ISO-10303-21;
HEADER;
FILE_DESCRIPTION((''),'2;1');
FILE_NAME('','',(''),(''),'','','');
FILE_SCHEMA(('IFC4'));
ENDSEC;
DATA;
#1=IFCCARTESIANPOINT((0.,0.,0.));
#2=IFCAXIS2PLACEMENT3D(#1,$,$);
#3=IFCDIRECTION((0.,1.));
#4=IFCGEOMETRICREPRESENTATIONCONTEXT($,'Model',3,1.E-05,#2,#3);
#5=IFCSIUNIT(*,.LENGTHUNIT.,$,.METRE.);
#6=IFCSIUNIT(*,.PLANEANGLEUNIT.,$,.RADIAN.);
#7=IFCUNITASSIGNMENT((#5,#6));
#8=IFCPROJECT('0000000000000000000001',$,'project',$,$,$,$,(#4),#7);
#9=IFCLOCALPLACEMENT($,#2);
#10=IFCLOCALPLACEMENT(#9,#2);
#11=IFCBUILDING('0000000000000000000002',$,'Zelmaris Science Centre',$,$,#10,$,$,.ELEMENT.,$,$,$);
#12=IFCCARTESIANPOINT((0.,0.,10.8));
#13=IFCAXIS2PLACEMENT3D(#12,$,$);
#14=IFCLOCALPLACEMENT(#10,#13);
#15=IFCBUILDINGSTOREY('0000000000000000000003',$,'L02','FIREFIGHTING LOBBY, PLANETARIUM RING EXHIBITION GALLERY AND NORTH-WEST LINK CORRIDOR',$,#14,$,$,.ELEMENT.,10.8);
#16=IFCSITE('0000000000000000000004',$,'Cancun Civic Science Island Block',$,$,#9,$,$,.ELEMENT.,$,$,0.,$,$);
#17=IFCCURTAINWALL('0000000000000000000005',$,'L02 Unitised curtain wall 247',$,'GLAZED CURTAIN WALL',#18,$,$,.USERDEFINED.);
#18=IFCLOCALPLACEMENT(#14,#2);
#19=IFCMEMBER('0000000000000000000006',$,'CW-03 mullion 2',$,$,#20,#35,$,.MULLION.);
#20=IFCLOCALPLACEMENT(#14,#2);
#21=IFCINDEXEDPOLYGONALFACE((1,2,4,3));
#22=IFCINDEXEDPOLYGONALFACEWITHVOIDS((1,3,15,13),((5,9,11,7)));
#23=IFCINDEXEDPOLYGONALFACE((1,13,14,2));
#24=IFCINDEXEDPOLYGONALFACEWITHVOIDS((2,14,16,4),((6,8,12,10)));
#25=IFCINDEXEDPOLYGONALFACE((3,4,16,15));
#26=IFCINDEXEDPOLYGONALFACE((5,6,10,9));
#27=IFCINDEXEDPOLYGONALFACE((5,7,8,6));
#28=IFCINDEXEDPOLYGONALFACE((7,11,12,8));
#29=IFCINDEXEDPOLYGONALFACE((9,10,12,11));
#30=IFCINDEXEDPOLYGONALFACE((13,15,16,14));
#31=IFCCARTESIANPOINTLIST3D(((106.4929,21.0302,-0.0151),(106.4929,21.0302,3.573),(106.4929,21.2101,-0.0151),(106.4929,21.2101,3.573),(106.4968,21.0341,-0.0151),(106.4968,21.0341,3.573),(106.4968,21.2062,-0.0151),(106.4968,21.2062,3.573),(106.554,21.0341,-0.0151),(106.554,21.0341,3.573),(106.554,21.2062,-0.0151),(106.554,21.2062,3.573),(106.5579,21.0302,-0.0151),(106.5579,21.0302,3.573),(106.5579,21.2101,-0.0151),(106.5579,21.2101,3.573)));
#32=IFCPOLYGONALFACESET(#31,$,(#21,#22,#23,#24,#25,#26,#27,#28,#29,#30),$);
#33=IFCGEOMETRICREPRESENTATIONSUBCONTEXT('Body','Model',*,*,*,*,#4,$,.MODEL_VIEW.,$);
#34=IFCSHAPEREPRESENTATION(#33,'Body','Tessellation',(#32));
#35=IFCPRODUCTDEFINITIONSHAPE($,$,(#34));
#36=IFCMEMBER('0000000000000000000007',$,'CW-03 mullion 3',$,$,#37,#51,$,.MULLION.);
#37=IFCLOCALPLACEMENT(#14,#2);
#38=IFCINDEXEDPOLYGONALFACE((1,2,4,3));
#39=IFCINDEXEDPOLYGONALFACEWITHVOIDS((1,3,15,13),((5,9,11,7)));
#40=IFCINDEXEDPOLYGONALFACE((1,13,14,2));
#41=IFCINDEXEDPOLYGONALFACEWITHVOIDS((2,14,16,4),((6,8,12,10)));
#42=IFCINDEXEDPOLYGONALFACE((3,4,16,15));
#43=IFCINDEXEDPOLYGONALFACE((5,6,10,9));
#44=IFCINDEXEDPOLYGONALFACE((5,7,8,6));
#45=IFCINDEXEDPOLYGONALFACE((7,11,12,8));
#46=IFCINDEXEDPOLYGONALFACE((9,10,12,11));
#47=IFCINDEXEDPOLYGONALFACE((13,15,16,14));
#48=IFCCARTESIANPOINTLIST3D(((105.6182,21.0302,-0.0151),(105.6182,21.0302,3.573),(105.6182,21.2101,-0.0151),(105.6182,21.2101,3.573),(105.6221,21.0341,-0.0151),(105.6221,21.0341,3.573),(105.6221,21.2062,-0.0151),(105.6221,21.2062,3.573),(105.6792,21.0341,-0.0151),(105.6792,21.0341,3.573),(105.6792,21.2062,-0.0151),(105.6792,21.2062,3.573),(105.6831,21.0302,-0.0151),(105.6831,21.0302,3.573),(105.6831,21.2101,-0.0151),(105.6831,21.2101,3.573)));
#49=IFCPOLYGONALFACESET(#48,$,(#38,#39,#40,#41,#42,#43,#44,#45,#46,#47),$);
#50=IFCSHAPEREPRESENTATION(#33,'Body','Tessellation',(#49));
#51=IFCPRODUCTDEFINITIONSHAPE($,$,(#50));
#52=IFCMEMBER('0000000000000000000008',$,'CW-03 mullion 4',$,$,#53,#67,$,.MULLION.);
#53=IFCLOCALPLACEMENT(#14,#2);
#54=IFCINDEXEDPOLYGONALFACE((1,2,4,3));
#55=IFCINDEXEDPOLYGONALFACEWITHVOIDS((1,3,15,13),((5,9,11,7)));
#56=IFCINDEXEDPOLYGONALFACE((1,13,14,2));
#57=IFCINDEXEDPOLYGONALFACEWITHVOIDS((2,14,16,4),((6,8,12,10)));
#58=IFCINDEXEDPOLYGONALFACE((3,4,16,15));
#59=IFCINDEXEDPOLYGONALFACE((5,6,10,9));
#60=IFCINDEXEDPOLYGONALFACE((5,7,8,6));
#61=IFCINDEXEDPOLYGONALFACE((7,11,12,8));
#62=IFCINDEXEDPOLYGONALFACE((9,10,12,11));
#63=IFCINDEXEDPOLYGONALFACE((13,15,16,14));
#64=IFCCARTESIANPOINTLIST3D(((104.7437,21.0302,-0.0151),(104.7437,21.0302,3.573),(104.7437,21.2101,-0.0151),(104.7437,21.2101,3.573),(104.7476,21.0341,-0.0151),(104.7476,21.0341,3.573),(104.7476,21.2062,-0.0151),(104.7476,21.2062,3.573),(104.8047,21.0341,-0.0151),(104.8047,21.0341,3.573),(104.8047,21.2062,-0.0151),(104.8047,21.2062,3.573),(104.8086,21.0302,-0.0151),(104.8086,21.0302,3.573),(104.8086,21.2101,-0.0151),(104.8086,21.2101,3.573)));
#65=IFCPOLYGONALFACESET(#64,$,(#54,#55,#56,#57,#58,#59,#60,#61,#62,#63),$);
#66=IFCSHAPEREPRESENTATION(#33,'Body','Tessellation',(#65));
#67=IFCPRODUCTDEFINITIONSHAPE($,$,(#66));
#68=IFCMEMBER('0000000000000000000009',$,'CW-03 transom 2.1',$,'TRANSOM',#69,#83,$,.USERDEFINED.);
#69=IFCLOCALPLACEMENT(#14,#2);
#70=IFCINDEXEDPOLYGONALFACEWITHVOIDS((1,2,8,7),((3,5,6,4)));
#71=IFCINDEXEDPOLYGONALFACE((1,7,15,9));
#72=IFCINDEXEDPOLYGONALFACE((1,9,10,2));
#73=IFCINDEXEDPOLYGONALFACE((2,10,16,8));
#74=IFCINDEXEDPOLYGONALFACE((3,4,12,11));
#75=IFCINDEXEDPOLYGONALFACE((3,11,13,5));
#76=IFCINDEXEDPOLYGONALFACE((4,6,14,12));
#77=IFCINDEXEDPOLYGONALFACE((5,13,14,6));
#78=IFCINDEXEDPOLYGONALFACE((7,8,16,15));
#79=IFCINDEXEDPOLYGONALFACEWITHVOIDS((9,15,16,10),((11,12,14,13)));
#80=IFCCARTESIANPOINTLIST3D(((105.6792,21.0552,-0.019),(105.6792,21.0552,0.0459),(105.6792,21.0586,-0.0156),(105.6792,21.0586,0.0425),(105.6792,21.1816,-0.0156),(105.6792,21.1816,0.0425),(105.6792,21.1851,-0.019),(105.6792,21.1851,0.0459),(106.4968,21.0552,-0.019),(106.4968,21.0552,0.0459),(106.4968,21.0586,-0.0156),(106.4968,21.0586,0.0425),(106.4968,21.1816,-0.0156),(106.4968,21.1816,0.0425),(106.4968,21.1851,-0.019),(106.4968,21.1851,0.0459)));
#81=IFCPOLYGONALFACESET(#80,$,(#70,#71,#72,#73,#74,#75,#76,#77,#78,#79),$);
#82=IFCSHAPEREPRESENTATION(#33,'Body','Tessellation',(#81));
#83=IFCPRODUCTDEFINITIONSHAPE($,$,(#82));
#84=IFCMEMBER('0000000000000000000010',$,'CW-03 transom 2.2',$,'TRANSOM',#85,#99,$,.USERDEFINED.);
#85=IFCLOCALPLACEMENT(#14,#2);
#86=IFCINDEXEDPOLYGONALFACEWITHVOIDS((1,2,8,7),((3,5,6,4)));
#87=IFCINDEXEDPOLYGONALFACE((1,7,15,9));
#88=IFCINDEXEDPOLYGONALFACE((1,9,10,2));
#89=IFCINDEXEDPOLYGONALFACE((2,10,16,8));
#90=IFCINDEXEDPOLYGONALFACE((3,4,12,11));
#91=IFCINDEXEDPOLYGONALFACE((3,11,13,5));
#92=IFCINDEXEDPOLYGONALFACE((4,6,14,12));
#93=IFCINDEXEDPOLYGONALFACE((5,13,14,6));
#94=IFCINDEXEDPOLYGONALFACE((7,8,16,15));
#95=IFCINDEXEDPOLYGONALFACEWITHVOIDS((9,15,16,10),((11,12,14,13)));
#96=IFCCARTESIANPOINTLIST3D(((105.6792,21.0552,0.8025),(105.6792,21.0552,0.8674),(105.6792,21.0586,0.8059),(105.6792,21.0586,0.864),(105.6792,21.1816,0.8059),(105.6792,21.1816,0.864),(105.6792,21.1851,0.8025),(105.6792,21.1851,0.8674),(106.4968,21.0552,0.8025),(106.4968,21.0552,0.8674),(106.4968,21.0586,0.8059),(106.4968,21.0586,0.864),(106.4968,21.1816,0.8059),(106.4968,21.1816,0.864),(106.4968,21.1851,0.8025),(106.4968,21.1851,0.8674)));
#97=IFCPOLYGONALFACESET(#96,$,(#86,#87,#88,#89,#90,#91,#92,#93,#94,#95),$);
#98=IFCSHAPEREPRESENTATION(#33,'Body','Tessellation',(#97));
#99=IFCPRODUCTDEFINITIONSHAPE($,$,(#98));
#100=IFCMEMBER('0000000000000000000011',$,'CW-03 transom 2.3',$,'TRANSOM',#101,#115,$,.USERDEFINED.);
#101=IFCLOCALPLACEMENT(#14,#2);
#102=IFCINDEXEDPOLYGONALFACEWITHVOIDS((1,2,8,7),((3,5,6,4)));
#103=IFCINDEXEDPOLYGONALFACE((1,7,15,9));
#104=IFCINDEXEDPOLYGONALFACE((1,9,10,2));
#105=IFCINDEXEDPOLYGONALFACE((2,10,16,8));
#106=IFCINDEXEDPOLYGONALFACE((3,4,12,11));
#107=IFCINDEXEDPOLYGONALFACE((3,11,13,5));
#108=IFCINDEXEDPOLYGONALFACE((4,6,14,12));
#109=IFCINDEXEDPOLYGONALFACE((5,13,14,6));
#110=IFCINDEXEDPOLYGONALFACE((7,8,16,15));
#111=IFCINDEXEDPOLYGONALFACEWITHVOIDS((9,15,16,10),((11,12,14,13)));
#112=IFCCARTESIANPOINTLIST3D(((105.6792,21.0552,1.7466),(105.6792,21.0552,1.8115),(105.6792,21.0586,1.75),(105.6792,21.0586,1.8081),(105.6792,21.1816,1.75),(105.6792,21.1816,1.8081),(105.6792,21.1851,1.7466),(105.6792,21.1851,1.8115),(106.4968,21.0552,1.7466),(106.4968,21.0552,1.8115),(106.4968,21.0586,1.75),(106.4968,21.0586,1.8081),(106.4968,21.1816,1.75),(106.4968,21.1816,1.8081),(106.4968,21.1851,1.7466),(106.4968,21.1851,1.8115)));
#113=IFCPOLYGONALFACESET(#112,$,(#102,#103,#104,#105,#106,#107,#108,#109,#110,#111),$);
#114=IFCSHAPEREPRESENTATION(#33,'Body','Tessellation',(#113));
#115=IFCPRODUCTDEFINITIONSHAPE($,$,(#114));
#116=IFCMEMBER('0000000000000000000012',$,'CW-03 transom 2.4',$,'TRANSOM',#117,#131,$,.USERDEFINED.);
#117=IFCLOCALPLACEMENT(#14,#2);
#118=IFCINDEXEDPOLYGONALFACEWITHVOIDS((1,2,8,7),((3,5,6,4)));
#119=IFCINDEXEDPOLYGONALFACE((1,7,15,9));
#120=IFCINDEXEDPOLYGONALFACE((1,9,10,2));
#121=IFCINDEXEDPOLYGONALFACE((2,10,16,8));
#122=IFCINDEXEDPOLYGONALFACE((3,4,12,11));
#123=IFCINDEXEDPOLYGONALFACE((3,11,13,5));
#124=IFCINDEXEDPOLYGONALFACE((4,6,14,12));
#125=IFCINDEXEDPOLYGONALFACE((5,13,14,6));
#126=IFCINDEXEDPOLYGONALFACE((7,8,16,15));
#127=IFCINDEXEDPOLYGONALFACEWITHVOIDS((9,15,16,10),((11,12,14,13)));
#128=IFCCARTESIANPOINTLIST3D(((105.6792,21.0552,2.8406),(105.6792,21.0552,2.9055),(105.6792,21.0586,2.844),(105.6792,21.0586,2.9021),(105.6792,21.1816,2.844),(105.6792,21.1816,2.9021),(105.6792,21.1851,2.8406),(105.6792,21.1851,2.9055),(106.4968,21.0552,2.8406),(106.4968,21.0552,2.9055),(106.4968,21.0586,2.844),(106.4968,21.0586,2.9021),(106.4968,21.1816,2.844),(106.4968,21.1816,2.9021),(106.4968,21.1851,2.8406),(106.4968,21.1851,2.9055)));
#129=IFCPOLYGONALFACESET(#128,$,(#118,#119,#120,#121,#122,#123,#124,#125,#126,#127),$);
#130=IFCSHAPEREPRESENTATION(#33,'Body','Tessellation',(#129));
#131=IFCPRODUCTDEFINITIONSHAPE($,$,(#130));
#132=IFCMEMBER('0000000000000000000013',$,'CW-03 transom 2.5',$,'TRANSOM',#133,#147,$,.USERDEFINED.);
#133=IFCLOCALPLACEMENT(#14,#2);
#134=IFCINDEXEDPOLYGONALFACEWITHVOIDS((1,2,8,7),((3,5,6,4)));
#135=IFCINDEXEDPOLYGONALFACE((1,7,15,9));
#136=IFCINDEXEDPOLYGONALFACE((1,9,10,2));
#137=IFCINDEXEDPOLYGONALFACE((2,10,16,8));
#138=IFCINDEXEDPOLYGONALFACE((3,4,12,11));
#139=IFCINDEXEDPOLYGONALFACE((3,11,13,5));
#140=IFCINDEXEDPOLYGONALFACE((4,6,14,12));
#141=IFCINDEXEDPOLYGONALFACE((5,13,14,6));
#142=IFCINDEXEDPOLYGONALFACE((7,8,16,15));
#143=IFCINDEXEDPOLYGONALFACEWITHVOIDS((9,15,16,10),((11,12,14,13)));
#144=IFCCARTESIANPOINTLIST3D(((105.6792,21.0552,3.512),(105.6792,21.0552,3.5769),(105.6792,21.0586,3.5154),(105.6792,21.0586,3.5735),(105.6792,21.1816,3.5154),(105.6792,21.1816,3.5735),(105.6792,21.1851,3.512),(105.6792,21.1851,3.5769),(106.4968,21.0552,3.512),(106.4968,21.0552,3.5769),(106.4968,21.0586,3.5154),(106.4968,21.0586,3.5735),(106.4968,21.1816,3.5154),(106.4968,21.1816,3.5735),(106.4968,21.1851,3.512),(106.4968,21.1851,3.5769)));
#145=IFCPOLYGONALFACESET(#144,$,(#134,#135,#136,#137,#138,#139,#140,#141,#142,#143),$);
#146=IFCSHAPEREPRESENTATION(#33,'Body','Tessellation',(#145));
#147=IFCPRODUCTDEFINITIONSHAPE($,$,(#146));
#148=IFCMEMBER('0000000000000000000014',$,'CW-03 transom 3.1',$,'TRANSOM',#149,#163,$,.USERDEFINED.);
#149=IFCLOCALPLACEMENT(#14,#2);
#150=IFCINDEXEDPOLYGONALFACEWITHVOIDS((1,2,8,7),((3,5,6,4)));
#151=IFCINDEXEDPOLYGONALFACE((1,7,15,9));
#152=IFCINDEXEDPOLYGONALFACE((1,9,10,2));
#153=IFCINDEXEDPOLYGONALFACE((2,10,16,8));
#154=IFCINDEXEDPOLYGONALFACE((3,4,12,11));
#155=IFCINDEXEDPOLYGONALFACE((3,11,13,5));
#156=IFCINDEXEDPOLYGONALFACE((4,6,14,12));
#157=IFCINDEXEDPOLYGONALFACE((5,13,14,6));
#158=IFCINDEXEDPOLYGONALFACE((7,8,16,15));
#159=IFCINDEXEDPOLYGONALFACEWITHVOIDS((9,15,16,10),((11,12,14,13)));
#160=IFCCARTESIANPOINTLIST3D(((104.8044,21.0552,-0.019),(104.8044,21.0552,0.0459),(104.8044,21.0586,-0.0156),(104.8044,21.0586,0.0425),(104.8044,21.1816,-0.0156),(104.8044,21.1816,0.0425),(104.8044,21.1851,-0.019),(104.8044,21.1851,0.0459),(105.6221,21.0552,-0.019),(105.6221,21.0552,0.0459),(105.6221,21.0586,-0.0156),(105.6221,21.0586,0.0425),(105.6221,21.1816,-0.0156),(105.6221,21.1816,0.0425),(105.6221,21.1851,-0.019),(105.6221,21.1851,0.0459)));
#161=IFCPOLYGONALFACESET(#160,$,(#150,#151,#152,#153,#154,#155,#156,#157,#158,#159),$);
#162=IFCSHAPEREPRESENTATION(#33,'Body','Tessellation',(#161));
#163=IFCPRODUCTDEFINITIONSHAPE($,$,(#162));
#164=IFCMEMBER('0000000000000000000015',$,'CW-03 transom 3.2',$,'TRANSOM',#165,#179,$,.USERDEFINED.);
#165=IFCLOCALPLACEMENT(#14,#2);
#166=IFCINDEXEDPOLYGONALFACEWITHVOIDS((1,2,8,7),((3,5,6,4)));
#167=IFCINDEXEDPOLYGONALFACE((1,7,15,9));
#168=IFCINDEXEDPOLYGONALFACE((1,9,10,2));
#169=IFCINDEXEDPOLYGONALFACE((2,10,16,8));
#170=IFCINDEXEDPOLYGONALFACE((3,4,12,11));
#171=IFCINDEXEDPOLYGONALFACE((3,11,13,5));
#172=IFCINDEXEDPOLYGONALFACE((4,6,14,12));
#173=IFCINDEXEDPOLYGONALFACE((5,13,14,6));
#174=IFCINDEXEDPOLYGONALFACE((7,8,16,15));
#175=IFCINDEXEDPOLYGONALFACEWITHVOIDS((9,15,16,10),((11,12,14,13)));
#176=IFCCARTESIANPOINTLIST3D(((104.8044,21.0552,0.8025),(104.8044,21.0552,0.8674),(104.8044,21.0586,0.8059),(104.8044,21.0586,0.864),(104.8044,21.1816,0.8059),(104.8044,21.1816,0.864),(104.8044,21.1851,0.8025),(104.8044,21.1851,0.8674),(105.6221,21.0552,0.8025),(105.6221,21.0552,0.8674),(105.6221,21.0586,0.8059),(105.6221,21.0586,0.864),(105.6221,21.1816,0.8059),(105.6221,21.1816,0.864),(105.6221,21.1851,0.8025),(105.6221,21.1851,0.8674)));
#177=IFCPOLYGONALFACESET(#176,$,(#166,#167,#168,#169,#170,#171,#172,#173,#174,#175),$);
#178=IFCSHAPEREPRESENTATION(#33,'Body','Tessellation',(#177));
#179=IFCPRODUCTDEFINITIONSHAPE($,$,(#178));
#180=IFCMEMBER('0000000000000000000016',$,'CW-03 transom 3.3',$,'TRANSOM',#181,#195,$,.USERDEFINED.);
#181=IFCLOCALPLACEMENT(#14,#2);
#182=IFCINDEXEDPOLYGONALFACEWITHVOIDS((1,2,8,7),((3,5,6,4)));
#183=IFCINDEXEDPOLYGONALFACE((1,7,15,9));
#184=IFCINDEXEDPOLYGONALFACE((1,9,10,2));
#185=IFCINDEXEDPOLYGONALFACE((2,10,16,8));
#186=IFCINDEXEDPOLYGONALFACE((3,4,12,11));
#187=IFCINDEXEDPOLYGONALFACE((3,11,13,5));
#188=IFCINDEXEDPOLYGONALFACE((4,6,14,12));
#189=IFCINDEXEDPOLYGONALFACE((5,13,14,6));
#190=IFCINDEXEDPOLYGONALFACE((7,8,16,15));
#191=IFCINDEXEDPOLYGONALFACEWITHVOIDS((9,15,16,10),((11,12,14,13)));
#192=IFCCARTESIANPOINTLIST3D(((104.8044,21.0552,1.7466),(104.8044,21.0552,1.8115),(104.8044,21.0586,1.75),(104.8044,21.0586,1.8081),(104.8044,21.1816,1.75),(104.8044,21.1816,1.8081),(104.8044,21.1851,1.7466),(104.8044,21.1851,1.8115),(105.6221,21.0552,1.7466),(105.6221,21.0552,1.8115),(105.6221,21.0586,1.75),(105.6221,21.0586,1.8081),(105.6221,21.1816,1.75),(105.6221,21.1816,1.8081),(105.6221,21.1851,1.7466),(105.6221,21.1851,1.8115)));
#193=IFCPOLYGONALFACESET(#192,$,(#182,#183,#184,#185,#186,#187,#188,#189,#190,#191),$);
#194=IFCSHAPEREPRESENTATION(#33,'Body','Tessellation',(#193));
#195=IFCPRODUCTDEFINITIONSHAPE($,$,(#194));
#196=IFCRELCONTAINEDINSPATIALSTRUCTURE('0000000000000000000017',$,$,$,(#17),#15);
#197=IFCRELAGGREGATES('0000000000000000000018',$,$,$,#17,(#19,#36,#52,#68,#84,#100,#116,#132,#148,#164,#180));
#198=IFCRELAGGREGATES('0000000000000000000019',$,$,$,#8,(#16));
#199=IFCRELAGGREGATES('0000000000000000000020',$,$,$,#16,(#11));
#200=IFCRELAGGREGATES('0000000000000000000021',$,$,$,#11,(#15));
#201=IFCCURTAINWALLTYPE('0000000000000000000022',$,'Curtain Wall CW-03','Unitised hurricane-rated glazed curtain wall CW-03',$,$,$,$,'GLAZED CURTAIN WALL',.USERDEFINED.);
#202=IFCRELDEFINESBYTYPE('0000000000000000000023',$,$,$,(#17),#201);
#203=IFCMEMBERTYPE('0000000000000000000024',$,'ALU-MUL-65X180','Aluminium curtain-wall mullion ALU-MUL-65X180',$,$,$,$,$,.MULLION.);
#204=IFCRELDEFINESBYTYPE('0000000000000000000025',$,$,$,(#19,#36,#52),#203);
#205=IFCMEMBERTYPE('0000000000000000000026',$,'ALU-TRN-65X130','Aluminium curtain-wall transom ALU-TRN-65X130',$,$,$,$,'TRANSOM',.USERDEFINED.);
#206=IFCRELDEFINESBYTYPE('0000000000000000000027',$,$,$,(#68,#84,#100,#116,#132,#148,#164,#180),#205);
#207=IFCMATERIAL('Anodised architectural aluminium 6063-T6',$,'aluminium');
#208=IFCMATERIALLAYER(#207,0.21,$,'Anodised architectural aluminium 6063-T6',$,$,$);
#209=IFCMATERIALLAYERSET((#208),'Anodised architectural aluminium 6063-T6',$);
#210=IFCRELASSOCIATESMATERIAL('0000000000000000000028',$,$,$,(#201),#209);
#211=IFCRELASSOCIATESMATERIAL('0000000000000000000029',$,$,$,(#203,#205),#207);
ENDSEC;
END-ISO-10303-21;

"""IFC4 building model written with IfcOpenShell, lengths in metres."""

from ifc_helpers import new_model, si_unit, direction, frame, origin, origin_2d, place, context, subcontext, project, spatial, hollow_rectangle, extrude, material, layer, layer_set, material_profile, profile_set, type_object, element, aggregate, save


model = new_model("IFC4")

# Units and contexts
model_context = context("Model", 3, precision=1e-05, world=origin(), true_north=direction((0.0, 1.0)))
body_context = subcontext(model_context, "Body", "Model", "MODEL_VIEW")
ifc_project = project(units=[si_unit("LENGTHUNIT", "METRE"), si_unit("PLANEANGLEUNIT", "RADIAN")], contexts=[model_context])

# Site, building, storey
site_placement = place(None, origin())
site = spatial("IfcSite", under=ifc_project, at=site_placement, Name="Cancun Civic Science Island Block", CompositionType="ELEMENT", RefElevation=0.0)
building_placement = place(site_placement, origin())
building = spatial("IfcBuilding", under=site, at=building_placement, Name="Zelmaris Science Centre", CompositionType="ELEMENT")
storey_placement = place(building_placement, frame((0.0, 0.0, 10.8)))
storey = spatial("IfcBuildingStorey", under=building, at=storey_placement, Name="L02", Description="FIREFIGHTING LOBBY, PLANETARIUM RING EXHIBITION GALLERY AND NORTH-WEST LINK CORRIDOR", CompositionType="ELEMENT", Elevation=10.8)

# Curtain wall, members
ifc_material_1 = material(Name="Anodised architectural aluminium 6063-T6", Category="aluminium")
ifc_layer_1 = layer(ifc_material_1, 0.21, Name="Anodised architectural aluminium 6063-T6")
ifc_layer_set_1 = layer_set([ifc_layer_1], Name="Anodised architectural aluminium 6063-T6")
curtain_wall_type = type_object("IfcCurtainWallType", Name="Curtain Wall CW-03", Description="Unitised hurricane-rated glazed curtain wall CW-03", ElementType="GLAZED CURTAIN WALL", PredefinedType="USERDEFINED", material=ifc_layer_set_1)
curtain_wall_placement = place(storey_placement, origin())
curtain_wall = element("IfcCurtainWall", 1, at=curtain_wall_placement, inside=storey, type_object=curtain_wall_type, Name="L02 Unitised curtain wall 247", ObjectType="GLAZED CURTAIN WALL", PredefinedType="USERDEFINED")
ifc_material_profile_1 = material_profile(ifc_material_1, hollow_rectangle(XDim=0.0649, YDim=0.1799, WallThickness=0.0039, at=origin_2d()), Name="ALU-MUL-65X180")
ifc_profile_set_1 = profile_set([ifc_material_profile_1], Name="Anodised architectural aluminium 6063-T6")
member_type_1 = type_object("IfcMemberType", Name="ALU-MUL-65X180", Description="Aluminium curtain-wall mullion ALU-MUL-65X180", PredefinedType="MULLION", material=ifc_profile_set_1)
member_1_placement = place(storey_placement, frame((106.5254, 21.1201, -0.0151), z_axis=(0.0, 0.0, 1.0), x_axis=(-1.0, 0.000005, 0.0)))
member_1 = element("IfcMember", 2, at=member_1_placement, type_object=member_type_1, Name="CW-03 mullion 2", PredefinedType="MULLION", context=body_context, shape_type="SweptSolid", body=[
    extrude(hollow_rectangle(XDim=0.0649, YDim=0.1799, WallThickness=0.0039, at=origin_2d()), origin(), (0.0, 0.0, 1.0), 3.5881),
])
member_2_placement = place(storey_placement, frame((105.6506, 21.1201, -0.0151), z_axis=(0.0, 0.0, 1.0), x_axis=(-1.0, 0.000005, 0.0)))
member_2 = element("IfcMember", 3, at=member_2_placement, type_object=member_type_1, Name="CW-03 mullion 3", PredefinedType="MULLION", context=body_context, shape_type="SweptSolid", body=[
    extrude(hollow_rectangle(XDim=0.0649, YDim=0.1799, WallThickness=0.0039, at=origin_2d()), origin(), (0.0, 0.0, 1.0), 3.5881),
])
member_3_placement = place(storey_placement, frame((104.7761, 21.1201, -0.0151), z_axis=(0.0, 0.0, 1.0), x_axis=(-1.0, 0.000005, 0.0)))
member_3 = element("IfcMember", 4, at=member_3_placement, type_object=member_type_1, Name="CW-03 mullion 4", PredefinedType="MULLION", context=body_context, shape_type="SweptSolid", body=[
    extrude(hollow_rectangle(XDim=0.0649, YDim=0.1799, WallThickness=0.0039, at=origin_2d()), origin(), (0.0, 0.0, 1.0), 3.5881),
])
ifc_material_profile_2 = material_profile(ifc_material_1, hollow_rectangle(XDim=0.0649, YDim=0.1299, WallThickness=0.0034, at=origin_2d()), Name="ALU-TRN-65X130")
ifc_profile_set_2 = profile_set([ifc_material_profile_2], Name="Anodised architectural aluminium 6063-T6")
member_type_2 = type_object("IfcMemberType", Name="ALU-TRN-65X130", Description="Aluminium curtain-wall transom ALU-TRN-65X130", ElementType="TRANSOM", PredefinedType="USERDEFINED", material=ifc_profile_set_2)
member_4_placement = place(storey_placement, frame((106.4968, 21.1201, 0.0134), z_axis=(-1.0, 0.0, 0.0), x_axis=(0.0, 0.0, 1.0)))
member_4 = element("IfcMember", 5, at=member_4_placement, type_object=member_type_2, Name="CW-03 transom 2.1", ObjectType="TRANSOM", PredefinedType="USERDEFINED", context=body_context, shape_type="SweptSolid", body=[
    extrude(hollow_rectangle(XDim=0.0649, YDim=0.1299, WallThickness=0.0034, at=origin_2d()), origin(), (0.0, 0.0, 1.0), 0.8176),
])
member_5_placement = place(storey_placement, frame((106.4968, 21.1201, 0.835), z_axis=(-1.0, 0.0, 0.0), x_axis=(0.0, 0.0, 1.0)))
member_5 = element("IfcMember", 6, at=member_5_placement, type_object=member_type_2, Name="CW-03 transom 2.2", ObjectType="TRANSOM", PredefinedType="USERDEFINED", context=body_context, shape_type="SweptSolid", body=[
    extrude(hollow_rectangle(XDim=0.0649, YDim=0.1299, WallThickness=0.0034, at=origin_2d()), origin(), (0.0, 0.0, 1.0), 0.8176),
])
member_6_placement = place(storey_placement, frame((106.4968, 21.1201, 1.7791), z_axis=(-1.0, 0.0, 0.0), x_axis=(0.0, 0.0, 1.0)))
member_6 = element("IfcMember", 7, at=member_6_placement, type_object=member_type_2, Name="CW-03 transom 2.3", ObjectType="TRANSOM", PredefinedType="USERDEFINED", context=body_context, shape_type="SweptSolid", body=[
    extrude(hollow_rectangle(XDim=0.0649, YDim=0.1299, WallThickness=0.0034, at=origin_2d()), origin(), (0.0, 0.0, 1.0), 0.8176),
])
member_7_placement = place(storey_placement, frame((106.4968, 21.1201, 2.873), z_axis=(-1.0, 0.0, 0.0), x_axis=(0.0, 0.0, 1.0)))
member_7 = element("IfcMember", 8, at=member_7_placement, type_object=member_type_2, Name="CW-03 transom 2.4", ObjectType="TRANSOM", PredefinedType="USERDEFINED", context=body_context, shape_type="SweptSolid", body=[
    extrude(hollow_rectangle(XDim=0.0649, YDim=0.1299, WallThickness=0.0034, at=origin_2d()), origin(), (0.0, 0.0, 1.0), 0.8176),
])
member_8_placement = place(storey_placement, frame((106.4968, 21.1201, 3.5444), z_axis=(-1.0, 0.0, 0.0), x_axis=(0.0, 0.0, 1.0)))
member_8 = element("IfcMember", 9, at=member_8_placement, type_object=member_type_2, Name="CW-03 transom 2.5", ObjectType="TRANSOM", PredefinedType="USERDEFINED", context=body_context, shape_type="SweptSolid", body=[
    extrude(hollow_rectangle(XDim=0.0649, YDim=0.1299, WallThickness=0.0034, at=origin_2d()), origin(), (0.0, 0.0, 1.0), 0.8176),
])
member_9_placement = place(storey_placement, frame((105.6221, 21.1201, 0.0134), z_axis=(-1.0, 0.0, 0.0), x_axis=(0.0, 0.0, 1.0)))
member_9 = element("IfcMember", 10, at=member_9_placement, type_object=member_type_2, Name="CW-03 transom 3.1", ObjectType="TRANSOM", PredefinedType="USERDEFINED", context=body_context, shape_type="SweptSolid", body=[
    extrude(hollow_rectangle(XDim=0.0649, YDim=0.1299, WallThickness=0.0034, at=origin_2d()), origin(), (0.0, 0.0, 1.0), 0.8176),
])
member_10_placement = place(storey_placement, frame((105.6221, 21.1201, 0.835), z_axis=(-1.0, 0.0, 0.0), x_axis=(0.0, 0.0, 1.0)))
member_10 = element("IfcMember", 11, at=member_10_placement, type_object=member_type_2, Name="CW-03 transom 3.2", ObjectType="TRANSOM", PredefinedType="USERDEFINED", context=body_context, shape_type="SweptSolid", body=[
    extrude(hollow_rectangle(XDim=0.0649, YDim=0.1299, WallThickness=0.0034, at=origin_2d()), origin(), (0.0, 0.0, 1.0), 0.8176),
])
member_11_placement = place(storey_placement, frame((105.6221, 21.1201, 1.7791), z_axis=(-1.0, 0.0, 0.0), x_axis=(0.0, 0.0, 1.0)))
member_11 = element("IfcMember", 12, at=member_11_placement, type_object=member_type_2, Name="CW-03 transom 3.3", ObjectType="TRANSOM", PredefinedType="USERDEFINED", context=body_context, shape_type="SweptSolid", body=[
    extrude(hollow_rectangle(XDim=0.0649, YDim=0.1299, WallThickness=0.0034, at=origin_2d()), origin(), (0.0, 0.0, 1.0), 0.8176),
])
aggregate(curtain_wall, [member_1, member_2, member_3, member_4, member_5, member_6, member_7, member_8, member_9, member_10, member_11])

save(model, "model.ifc")
